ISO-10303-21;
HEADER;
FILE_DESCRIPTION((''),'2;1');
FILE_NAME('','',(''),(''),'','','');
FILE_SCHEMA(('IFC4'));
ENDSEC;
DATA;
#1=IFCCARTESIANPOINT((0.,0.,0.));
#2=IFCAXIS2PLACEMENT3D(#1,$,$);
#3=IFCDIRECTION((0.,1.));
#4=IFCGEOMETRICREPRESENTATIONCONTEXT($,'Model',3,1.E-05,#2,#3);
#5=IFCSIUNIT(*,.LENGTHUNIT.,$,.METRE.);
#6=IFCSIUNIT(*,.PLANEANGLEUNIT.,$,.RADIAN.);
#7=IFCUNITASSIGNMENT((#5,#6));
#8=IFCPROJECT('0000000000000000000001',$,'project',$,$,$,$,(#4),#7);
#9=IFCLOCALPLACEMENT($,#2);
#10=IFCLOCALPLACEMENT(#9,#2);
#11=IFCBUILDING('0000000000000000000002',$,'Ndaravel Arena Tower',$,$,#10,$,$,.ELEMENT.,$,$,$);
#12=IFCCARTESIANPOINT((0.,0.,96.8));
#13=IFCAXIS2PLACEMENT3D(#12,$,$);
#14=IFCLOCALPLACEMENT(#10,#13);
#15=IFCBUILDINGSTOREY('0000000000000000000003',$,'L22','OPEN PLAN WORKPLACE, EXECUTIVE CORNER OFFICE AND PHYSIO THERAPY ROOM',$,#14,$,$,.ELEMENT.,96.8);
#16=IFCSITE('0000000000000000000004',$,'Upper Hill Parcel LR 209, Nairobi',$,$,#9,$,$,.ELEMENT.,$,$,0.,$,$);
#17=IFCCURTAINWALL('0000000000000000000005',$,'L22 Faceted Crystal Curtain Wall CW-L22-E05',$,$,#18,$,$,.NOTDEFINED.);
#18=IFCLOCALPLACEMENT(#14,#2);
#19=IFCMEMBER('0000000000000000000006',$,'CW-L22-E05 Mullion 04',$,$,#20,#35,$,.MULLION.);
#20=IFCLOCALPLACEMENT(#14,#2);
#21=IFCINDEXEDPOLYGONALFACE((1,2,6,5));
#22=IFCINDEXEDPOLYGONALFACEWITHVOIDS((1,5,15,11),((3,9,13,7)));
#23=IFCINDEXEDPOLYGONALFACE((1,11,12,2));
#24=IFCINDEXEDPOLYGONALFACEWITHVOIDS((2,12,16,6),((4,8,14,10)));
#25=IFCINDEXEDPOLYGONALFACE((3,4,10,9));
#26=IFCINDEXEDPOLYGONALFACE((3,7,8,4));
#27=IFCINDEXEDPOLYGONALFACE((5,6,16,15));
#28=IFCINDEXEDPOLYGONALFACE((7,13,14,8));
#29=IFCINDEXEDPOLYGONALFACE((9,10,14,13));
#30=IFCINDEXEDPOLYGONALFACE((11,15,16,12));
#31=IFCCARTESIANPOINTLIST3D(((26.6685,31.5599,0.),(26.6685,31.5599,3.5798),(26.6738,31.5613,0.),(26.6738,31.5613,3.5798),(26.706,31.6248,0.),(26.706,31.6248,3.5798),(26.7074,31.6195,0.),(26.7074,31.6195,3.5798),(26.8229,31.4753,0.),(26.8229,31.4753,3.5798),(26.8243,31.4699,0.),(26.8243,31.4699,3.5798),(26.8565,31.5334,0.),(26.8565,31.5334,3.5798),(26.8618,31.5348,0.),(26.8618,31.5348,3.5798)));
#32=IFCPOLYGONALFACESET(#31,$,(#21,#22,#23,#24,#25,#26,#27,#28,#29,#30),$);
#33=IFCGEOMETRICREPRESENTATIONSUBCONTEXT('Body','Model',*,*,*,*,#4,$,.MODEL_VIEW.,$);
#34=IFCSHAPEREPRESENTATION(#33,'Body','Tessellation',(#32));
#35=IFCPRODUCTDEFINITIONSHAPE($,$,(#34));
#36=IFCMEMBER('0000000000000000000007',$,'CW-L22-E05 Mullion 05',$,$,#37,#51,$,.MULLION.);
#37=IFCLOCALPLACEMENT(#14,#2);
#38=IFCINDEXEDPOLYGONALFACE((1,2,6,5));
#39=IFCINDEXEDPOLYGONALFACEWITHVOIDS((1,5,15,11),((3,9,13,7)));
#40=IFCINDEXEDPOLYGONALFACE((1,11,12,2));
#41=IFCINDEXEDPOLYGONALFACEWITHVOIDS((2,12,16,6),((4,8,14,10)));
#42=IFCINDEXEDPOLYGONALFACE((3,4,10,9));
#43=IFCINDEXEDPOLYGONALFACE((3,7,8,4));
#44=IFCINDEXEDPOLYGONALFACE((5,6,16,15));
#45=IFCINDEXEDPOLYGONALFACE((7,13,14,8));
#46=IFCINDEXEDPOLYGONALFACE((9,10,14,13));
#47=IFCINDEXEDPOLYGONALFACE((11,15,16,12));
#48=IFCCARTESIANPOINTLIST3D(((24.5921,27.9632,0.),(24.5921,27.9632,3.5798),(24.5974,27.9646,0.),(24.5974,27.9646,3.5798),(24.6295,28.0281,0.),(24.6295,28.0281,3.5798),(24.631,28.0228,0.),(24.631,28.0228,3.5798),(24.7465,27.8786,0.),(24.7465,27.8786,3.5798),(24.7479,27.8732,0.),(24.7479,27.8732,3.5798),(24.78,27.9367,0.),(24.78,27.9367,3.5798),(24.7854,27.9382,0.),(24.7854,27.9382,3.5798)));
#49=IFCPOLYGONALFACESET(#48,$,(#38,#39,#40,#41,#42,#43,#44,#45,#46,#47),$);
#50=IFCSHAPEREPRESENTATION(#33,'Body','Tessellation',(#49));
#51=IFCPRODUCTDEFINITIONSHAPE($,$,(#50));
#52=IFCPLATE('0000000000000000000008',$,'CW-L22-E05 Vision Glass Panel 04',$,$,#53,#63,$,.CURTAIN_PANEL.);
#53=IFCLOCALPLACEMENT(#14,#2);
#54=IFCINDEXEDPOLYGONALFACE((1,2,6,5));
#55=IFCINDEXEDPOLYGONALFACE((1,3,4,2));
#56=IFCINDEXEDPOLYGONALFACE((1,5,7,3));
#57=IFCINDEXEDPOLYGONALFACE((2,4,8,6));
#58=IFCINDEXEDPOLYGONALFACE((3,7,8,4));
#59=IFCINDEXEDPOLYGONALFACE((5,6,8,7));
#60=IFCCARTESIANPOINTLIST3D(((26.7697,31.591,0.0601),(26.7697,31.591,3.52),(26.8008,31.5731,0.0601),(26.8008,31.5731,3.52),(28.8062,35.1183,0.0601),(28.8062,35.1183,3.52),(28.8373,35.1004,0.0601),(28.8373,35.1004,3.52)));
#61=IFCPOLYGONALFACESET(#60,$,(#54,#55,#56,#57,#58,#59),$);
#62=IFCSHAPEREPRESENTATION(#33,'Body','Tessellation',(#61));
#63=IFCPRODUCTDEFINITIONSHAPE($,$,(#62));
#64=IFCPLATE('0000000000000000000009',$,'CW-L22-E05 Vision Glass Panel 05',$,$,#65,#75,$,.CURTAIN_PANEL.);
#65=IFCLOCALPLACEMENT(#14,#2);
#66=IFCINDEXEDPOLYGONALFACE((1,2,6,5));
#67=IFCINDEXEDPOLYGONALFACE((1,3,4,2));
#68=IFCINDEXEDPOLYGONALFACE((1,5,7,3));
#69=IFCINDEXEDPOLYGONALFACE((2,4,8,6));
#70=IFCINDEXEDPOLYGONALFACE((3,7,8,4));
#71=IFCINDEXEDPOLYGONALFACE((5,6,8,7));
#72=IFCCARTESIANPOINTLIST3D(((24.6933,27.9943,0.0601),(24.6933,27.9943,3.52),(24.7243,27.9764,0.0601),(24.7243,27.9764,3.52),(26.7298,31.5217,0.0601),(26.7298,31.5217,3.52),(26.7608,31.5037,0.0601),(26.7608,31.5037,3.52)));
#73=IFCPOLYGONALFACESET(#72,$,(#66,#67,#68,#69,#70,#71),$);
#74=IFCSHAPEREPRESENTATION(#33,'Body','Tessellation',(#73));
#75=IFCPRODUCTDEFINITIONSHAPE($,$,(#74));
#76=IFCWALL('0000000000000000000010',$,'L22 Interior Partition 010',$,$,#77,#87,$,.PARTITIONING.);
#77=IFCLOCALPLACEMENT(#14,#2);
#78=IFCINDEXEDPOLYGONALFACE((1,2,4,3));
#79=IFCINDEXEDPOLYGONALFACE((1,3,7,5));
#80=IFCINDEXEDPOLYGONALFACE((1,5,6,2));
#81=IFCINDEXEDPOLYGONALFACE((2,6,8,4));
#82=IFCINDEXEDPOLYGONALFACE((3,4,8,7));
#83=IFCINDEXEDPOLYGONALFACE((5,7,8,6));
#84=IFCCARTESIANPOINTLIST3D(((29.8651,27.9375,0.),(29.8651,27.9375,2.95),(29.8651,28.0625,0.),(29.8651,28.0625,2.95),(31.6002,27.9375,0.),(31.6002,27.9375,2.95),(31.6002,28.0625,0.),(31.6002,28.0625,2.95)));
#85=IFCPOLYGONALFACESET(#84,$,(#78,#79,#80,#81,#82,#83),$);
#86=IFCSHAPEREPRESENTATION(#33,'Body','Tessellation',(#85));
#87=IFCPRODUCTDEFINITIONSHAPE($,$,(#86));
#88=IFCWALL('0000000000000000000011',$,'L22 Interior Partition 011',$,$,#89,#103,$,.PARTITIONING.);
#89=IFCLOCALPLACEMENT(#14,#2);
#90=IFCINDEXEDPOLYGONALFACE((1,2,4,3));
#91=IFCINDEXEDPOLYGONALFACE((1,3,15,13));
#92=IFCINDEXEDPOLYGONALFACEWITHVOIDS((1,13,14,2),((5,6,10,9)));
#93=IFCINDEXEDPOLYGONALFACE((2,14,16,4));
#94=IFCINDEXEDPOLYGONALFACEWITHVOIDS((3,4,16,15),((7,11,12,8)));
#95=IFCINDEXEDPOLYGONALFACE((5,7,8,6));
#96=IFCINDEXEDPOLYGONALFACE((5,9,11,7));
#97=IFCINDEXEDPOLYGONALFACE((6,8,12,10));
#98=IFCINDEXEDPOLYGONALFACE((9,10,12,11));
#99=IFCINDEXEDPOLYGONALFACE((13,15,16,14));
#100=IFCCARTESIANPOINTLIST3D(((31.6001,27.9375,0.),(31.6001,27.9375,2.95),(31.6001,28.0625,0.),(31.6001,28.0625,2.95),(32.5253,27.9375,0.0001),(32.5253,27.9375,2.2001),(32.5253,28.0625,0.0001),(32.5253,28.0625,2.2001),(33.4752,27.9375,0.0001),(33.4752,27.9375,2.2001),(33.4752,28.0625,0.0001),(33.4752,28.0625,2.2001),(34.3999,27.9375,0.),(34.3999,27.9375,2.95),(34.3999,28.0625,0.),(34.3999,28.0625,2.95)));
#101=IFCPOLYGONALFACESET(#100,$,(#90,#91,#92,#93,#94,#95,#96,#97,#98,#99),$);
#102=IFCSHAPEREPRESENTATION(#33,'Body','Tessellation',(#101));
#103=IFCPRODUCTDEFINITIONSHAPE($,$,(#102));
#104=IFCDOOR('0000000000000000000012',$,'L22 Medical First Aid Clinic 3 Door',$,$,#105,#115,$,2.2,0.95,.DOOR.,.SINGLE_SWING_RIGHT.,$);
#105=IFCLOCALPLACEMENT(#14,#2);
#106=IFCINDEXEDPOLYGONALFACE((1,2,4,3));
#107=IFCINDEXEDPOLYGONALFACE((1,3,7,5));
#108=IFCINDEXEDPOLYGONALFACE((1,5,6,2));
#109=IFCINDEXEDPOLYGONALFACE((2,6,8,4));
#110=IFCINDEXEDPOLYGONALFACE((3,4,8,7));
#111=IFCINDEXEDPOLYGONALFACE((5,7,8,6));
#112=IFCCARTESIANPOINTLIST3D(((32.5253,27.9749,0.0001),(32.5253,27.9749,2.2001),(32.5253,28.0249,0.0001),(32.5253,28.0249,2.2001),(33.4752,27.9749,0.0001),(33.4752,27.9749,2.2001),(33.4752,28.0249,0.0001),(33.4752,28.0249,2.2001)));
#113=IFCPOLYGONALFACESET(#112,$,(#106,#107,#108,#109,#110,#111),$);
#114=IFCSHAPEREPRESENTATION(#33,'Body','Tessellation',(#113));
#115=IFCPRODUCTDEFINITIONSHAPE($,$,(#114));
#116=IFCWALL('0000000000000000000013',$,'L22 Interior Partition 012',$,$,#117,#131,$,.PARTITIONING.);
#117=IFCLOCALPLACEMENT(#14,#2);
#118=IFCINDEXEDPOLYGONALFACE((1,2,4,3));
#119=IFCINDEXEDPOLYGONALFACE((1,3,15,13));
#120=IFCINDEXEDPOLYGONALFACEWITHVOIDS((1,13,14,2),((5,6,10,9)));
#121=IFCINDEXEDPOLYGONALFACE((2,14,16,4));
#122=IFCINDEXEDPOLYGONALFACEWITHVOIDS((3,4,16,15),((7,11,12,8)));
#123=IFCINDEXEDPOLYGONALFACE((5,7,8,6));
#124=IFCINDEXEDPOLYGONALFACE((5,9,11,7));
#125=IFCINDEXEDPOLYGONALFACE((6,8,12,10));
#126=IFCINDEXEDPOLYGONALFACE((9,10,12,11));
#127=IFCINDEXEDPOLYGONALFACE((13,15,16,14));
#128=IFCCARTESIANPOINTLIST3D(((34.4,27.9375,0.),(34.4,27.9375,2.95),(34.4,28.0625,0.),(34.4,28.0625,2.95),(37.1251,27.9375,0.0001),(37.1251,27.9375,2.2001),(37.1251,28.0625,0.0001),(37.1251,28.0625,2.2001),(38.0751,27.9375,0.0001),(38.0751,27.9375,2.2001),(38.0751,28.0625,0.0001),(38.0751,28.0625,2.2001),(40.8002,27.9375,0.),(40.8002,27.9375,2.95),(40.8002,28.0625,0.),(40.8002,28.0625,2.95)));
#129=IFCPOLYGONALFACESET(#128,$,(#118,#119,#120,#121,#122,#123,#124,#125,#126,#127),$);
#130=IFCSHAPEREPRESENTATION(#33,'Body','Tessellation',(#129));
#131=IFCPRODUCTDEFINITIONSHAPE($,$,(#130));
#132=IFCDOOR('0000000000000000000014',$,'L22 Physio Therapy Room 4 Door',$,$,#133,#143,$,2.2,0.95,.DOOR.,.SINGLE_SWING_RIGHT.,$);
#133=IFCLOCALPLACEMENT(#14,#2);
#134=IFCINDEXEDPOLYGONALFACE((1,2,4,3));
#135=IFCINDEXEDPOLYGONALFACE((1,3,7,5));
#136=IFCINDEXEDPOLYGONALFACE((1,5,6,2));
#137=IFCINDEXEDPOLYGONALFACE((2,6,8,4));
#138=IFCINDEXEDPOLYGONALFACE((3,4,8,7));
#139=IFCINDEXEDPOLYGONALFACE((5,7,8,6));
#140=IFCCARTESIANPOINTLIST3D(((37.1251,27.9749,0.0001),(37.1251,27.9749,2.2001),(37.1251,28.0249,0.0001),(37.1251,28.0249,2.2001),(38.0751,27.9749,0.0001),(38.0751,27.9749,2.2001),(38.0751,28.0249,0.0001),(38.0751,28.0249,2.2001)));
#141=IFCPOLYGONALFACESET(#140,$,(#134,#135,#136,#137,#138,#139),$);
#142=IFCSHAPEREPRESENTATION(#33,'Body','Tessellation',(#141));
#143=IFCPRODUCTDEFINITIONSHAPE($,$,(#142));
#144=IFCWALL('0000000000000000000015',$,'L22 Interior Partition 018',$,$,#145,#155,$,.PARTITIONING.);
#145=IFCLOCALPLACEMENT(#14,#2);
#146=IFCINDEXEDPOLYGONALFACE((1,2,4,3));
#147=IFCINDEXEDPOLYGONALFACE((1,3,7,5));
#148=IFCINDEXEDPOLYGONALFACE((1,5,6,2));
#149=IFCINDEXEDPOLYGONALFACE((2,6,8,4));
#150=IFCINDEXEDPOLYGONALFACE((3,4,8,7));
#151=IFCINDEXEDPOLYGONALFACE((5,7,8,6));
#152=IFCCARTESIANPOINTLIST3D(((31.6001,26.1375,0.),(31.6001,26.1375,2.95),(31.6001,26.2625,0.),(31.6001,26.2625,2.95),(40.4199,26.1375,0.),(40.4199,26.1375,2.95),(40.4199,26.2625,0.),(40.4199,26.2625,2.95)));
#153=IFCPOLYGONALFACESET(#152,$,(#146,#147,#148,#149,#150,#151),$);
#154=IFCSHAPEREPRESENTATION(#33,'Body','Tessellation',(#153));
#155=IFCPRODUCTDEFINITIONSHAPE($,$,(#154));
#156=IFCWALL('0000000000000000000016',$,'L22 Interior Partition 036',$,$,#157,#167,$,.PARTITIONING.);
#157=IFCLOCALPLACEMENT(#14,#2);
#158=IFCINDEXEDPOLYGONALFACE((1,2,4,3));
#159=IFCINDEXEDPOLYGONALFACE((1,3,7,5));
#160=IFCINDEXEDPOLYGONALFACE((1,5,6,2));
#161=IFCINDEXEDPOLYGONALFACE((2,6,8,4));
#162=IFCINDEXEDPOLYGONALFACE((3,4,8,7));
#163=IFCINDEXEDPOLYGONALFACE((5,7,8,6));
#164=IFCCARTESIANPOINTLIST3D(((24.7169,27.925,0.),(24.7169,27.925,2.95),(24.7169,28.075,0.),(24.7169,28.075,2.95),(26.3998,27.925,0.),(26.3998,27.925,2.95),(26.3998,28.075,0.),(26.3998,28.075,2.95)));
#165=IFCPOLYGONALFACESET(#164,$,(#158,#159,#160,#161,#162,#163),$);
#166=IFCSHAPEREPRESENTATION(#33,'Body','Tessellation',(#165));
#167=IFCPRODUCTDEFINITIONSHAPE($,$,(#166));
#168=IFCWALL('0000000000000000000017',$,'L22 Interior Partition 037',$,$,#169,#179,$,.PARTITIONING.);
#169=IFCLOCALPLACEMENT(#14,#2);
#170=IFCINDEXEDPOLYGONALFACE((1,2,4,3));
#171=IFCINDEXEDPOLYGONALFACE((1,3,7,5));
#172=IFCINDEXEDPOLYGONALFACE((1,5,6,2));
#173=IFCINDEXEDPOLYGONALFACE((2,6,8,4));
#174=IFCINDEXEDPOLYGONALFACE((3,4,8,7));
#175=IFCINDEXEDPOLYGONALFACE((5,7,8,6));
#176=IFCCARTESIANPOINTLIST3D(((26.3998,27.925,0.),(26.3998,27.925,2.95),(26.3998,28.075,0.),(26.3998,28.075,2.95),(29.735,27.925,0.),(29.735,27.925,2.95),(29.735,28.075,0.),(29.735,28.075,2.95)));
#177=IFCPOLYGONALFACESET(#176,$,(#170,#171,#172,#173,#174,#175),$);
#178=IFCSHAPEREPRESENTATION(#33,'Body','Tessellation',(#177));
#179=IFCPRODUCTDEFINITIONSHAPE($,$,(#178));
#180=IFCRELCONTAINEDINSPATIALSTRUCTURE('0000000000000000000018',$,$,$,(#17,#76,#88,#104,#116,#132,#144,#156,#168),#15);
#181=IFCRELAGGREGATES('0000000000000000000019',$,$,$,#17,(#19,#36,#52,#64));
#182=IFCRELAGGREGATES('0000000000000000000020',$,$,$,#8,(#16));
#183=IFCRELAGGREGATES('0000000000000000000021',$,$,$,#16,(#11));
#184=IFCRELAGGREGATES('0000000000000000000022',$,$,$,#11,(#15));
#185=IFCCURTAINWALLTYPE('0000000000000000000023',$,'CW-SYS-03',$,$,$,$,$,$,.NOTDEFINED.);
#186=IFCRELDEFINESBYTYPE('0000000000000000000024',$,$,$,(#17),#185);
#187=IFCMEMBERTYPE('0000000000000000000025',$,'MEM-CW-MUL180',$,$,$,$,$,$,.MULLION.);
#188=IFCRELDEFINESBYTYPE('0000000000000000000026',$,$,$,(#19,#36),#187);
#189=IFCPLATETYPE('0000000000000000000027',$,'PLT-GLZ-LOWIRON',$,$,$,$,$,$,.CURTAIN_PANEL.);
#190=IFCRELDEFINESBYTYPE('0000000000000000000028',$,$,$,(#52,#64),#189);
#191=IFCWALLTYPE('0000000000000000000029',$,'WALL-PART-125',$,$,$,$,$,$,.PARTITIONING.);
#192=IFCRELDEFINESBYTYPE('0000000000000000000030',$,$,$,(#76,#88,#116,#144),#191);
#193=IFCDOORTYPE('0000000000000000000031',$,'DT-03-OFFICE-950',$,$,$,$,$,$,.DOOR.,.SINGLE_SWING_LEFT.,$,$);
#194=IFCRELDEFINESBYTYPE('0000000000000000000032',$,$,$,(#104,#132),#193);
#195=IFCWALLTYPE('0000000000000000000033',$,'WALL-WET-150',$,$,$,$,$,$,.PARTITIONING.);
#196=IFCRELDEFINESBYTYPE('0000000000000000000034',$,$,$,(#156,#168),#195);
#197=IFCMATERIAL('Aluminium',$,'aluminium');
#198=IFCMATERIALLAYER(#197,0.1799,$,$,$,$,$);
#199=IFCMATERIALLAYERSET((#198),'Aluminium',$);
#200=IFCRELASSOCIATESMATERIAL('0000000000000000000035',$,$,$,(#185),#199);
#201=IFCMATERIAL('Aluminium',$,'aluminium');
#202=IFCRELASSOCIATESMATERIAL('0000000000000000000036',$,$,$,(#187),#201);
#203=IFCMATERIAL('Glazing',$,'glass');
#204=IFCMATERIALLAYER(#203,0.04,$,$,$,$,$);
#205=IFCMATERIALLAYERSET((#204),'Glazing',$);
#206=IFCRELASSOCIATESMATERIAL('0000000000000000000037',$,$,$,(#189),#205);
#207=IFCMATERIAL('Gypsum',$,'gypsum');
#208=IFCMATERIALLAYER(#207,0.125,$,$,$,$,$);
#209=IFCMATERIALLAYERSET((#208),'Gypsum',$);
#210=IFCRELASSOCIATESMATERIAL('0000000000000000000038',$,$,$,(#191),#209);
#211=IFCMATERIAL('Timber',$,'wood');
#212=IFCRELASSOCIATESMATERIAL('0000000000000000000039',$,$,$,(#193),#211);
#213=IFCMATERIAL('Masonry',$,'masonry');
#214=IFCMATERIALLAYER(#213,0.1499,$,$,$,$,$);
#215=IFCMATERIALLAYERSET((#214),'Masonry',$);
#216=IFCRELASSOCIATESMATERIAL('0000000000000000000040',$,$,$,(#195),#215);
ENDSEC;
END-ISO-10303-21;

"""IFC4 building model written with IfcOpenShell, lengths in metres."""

from ifc_helpers import new_model, si_unit, direction, frame, frame_2d, origin, origin_2d, place, context, subcontext, project, spatial, rectangle, hollow_rectangle, extrude, material, layer, layer_set, material_profile, profile_set, type_object, element, fill, aggregate, save


model = new_model("IFC4")

# Units and contexts
model_context = context("Model", 3, precision=1e-05, world=origin(), true_north=direction((0.0, 1.0)))
body_context = subcontext(model_context, "Body", "Model", "MODEL_VIEW")
ifc_project = project(units=[si_unit("LENGTHUNIT", "METRE"), si_unit("PLANEANGLEUNIT", "RADIAN")], contexts=[model_context])

# Site, building, storey
site_placement = place(None, origin())
site = spatial("IfcSite", under=ifc_project, at=site_placement, Name="Upper Hill Parcel LR 209, Nairobi", CompositionType="ELEMENT", RefElevation=0.0)
building_placement = place(site_placement, origin())
building = spatial("IfcBuilding", under=site, at=building_placement, Name="Ndaravel Arena Tower", CompositionType="ELEMENT")
storey_placement = place(building_placement, frame((0.0, 0.0, 96.8)))
storey = spatial("IfcBuildingStorey", under=building, at=storey_placement, Name="L22", Description="OPEN PLAN WORKPLACE, EXECUTIVE CORNER OFFICE AND PHYSIO THERAPY ROOM", CompositionType="ELEMENT", Elevation=96.8)

# Curtain wall, members, plates
ifc_material_1 = material(Name="Aluminium", Category="aluminium")
ifc_layer_1 = layer(ifc_material_1, 0.1799)
ifc_layer_set_1 = layer_set([ifc_layer_1], Name="Aluminium")
curtain_wall_type = type_object("IfcCurtainWallType", Name="CW-SYS-03", PredefinedType="NOTDEFINED", material=ifc_layer_set_1)
curtain_wall_placement = place(storey_placement, origin())
curtain_wall = element("IfcCurtainWall", 1, at=curtain_wall_placement, inside=storey, type_object=curtain_wall_type, Name="L22 Faceted Crystal Curtain Wall CW-L22-E05", PredefinedType="NOTDEFINED")
ifc_material_2 = material(Name="Aluminium", Category="aluminium")
ifc_material_profile_1 = material_profile(ifc_material_2, hollow_rectangle(XDim=0.075, YDim=0.1799, WallThickness=0.0039, at=origin_2d()), Name="CW MULLION 75x180x4")
ifc_profile_set_1 = profile_set([ifc_material_profile_1], Name="Aluminium")
member_type = type_object("IfcMemberType", Name="MEM-CW-MUL180", PredefinedType="MULLION", material=ifc_profile_set_1)
member_1_placement = place(storey_placement, frame((26.7651, 31.5474, 0.0), z_axis=(0.0, 0.0, 1.0), x_axis=(-0.5, -0.866025, 0.0)))
member_1 = element("IfcMember", 2, at=member_1_placement, type_object=member_type, Name="CW-L22-E05 Mullion 04", PredefinedType="MULLION", context=body_context, shape_type="SweptSolid", body=[
    extrude(hollow_rectangle(XDim=0.075, YDim=0.1799, WallThickness=0.0039, at=origin_2d()), origin(), (0.0, 0.0, 1.0), 3.5798),
])
member_2_placement = place(storey_placement, frame((24.6887, 27.9507, 0.0), z_axis=(0.0, 0.0, 1.0), x_axis=(-0.5, -0.866025, 0.0)))
member_2 = element("IfcMember", 3, at=member_2_placement, type_object=member_type, Name="CW-L22-E05 Mullion 05", PredefinedType="MULLION", context=body_context, shape_type="SweptSolid", body=[
    extrude(hollow_rectangle(XDim=0.075, YDim=0.1799, WallThickness=0.0039, at=origin_2d()), origin(), (0.0, 0.0, 1.0), 3.5798),
])
ifc_material_3 = material(Name="Glazing", Category="glass")
ifc_layer_2 = layer(ifc_material_3, 0.04)
ifc_layer_set_2 = layer_set([ifc_layer_2], Name="Glazing")
plate_type = type_object("IfcPlateType", Name="PLT-GLZ-LOWIRON", PredefinedType="CURTAIN_PANEL", material=ifc_layer_set_2)
plate_1_placement = place(storey_placement, frame((27.8035, 33.3457, 0.0601), z_axis=(0.0, 0.0, 1.0), x_axis=(-0.5, -0.866025, 0.0)))
plate_1 = element("IfcPlate", 4, at=plate_1_placement, type_object=plate_type, Name="CW-L22-E05 Vision Glass Panel 04", PredefinedType="CURTAIN_PANEL", context=body_context, shape_type="SweptSolid", body=[
    extrude(rectangle(XDim=4.073, YDim=0.0359, at=origin_2d()), origin(), (0.0, 0.0, 1.0), 3.46),
])
plate_2_placement = place(storey_placement, frame((25.7271, 29.749, 0.0601), z_axis=(0.0, 0.0, 1.0), x_axis=(-0.5, -0.866025, 0.0)))
plate_2 = element("IfcPlate", 5, at=plate_2_placement, type_object=plate_type, Name="CW-L22-E05 Vision Glass Panel 05", PredefinedType="CURTAIN_PANEL", context=body_context, shape_type="SweptSolid", body=[
    extrude(rectangle(XDim=4.073, YDim=0.0359, at=origin_2d()), origin(), (0.0, 0.0, 1.0), 3.46),
])
aggregate(curtain_wall, [member_1, member_2, plate_1, plate_2])

# Wall
ifc_material_4 = material(Name="Gypsum", Category="gypsum")
ifc_layer_3 = layer(ifc_material_4, 0.125)
ifc_layer_set_3 = layer_set([ifc_layer_3], Name="Gypsum")
wall_type_1 = type_object("IfcWallType", Name="WALL-PART-125", PredefinedType="PARTITIONING", material=ifc_layer_set_3)
wall_1_placement = place(storey_placement, frame((29.865, 28.0, 0.0), z_axis=(0.0, 0.0, 1.0), x_axis=(1.0, 0.0, 0.0)))
element("IfcWall", 6, at=wall_1_placement, inside=storey, type_object=wall_type_1, Name="L22 Interior Partition 010", PredefinedType="PARTITIONING", context=body_context, shape_type="SweptSolid", body=[
    extrude(rectangle(XDim=1.7351, YDim=0.125, at=frame_2d((0.8677, 0.0))), origin(), (0.0, 0.0, 1.0), 2.95),
])

# Walls, openings, doors
wall_2_placement = place(storey_placement, frame((31.6001, 28.0, 0.0), z_axis=(0.0, 0.0, 1.0), x_axis=(1.0, 0.0, 0.0)))
wall_2 = element("IfcWall", 7, at=wall_2_placement, inside=storey, type_object=wall_type_1, Name="L22 Interior Partition 011", PredefinedType="PARTITIONING", context=body_context, shape_type="SweptSolid", body=[
    extrude(rectangle(XDim=2.7998, YDim=0.125, at=frame_2d((1.3999, 0.0))), origin(), (0.0, 0.0, 1.0), 2.95),
])
opening_1_placement = place(wall_2_placement, frame((0.925, 0.0, 0.0)))
opening_1 = element("IfcOpeningElement", 8, at=opening_1_placement, cuts=wall_2, PredefinedType="OPENING", context=body_context, shape_type="SweptSolid", body=[
    extrude(rectangle(XDim=0.95, YDim=2.2, at=frame_2d((0.4751, 1.1001))), frame((0.0, 0.0625, 0.0), z_axis=(0.0, -1.0, 0.0), x_axis=(1.0, 0.0, 0.0)), (0.0, 0.0, 1.0), 0.125),
])
ifc_material_5 = material(Name="Timber", Category="wood")
door_type_1 = type_object("IfcDoorType", Name="DT-03-OFFICE-950", OperationType="SINGLE_SWING_LEFT", PredefinedType="DOOR", material=ifc_material_5)
door_1_placement = place(opening_1_placement, origin())
door_1 = element("IfcDoor", 9, at=door_1_placement, inside=storey, type_object=door_type_1, Name="L22 Medical First Aid Clinic 3 Door", OperationType="SINGLE_SWING_RIGHT", OverallHeight=2.2, OverallWidth=0.95, PredefinedType="DOOR", context=body_context, shape_type="SweptSolid", body=[
    extrude(rectangle(XDim=0.95, YDim=2.2, at=frame_2d((0.4751, 1.1001))), frame((0.0, 0.0249, 0.0), z_axis=(0.0, -1.0, 0.0), x_axis=(1.0, 0.0, 0.0)), (0.0, 0.0, 1.0), 0.05),
])
fill(opening_1, door_1)
wall_3_placement = place(storey_placement, frame((34.3999, 28.0, 0.0), z_axis=(0.0, 0.0, 1.0), x_axis=(1.0, 0.0, 0.0)))
wall_3 = element("IfcWall", 10, at=wall_3_placement, inside=storey, type_object=wall_type_1, Name="L22 Interior Partition 012", PredefinedType="PARTITIONING", context=body_context, shape_type="SweptSolid", body=[
    extrude(rectangle(XDim=6.4001, YDim=0.125, at=frame_2d((3.2002, 0.0))), origin(), (0.0, 0.0, 1.0), 2.95),
])
opening_2_placement = place(wall_3_placement, frame((2.7251, 0.0, 0.0)))
opening_2 = element("IfcOpeningElement", 11, at=opening_2_placement, cuts=wall_3, PredefinedType="OPENING", context=body_context, shape_type="SweptSolid", body=[
    extrude(rectangle(XDim=0.95, YDim=2.2, at=frame_2d((0.4751, 1.1001))), frame((0.0, 0.0625, 0.0), z_axis=(0.0, -1.0, 0.0), x_axis=(1.0, 0.0, 0.0)), (0.0, 0.0, 1.0), 0.125),
])
door_2_placement = place(opening_2_placement, origin())
door_2 = element("IfcDoor", 12, at=door_2_placement, inside=storey, type_object=door_type_1, Name="L22 Physio Therapy Room 4 Door", OperationType="SINGLE_SWING_RIGHT", OverallHeight=2.2, OverallWidth=0.95, PredefinedType="DOOR", context=body_context, shape_type="SweptSolid", body=[
    extrude(rectangle(XDim=0.95, YDim=2.2, at=frame_2d((0.4751, 1.1001))), frame((0.0, 0.0249, 0.0), z_axis=(0.0, -1.0, 0.0), x_axis=(1.0, 0.0, 0.0)), (0.0, 0.0, 1.0), 0.05),
])
fill(opening_2, door_2)

# Wall
wall_4_placement = place(storey_placement, frame((40.4199, 26.2, 0.0), z_axis=(0.0, 0.0, 1.0), x_axis=(-1.0, 0.0, 0.0)))
element("IfcWall", 13, at=wall_4_placement, inside=storey, type_object=wall_type_1, Name="L22 Interior Partition 018", PredefinedType="PARTITIONING", context=body_context, shape_type="SweptSolid", body=[
    extrude(rectangle(XDim=8.8198, YDim=0.125, at=frame_2d((4.4099, 0.0))), origin(), (0.0, 0.0, 1.0), 2.95),
])

# Shared definitions
ifc_material_6 = material(Name="Masonry", Category="masonry")
ifc_layer_4 = layer(ifc_material_6, 0.1499)
ifc_layer_set_4 = layer_set([ifc_layer_4], Name="Masonry")
wall_type_2 = type_object("IfcWallType", Name="WALL-WET-150", PredefinedType="PARTITIONING", material=ifc_layer_set_4)

# Walls
wall_5_placement = place(storey_placement, frame((24.717, 28.0, 0.0), z_axis=(0.0, 0.0, 1.0), x_axis=(1.0, 0.0, 0.0)))
element("IfcWall", 14, at=wall_5_placement, inside=storey, type_object=wall_type_2, Name="L22 Interior Partition 036", PredefinedType="PARTITIONING", context=body_context, shape_type="SweptSolid", body=[
    extrude(rectangle(XDim=1.6829, YDim=0.1499, at=frame_2d((0.8413, 0.0))), origin(), (0.0, 0.0, 1.0), 2.95),
])
wall_6_placement = place(storey_placement, frame((26.3999, 28.0, 0.0), z_axis=(0.0, 0.0, 1.0), x_axis=(1.0, 0.0, 0.0)))
element("IfcWall", 15, at=wall_6_placement, inside=storey, type_object=wall_type_2, Name="L22 Interior Partition 037", PredefinedType="PARTITIONING", context=body_context, shape_type="SweptSolid", body=[
    extrude(rectangle(XDim=3.3352, YDim=0.1499, at=frame_2d((1.6675, 0.0))), origin(), (0.0, 0.0, 1.0), 2.95),
])

save(model, "model.ifc")
